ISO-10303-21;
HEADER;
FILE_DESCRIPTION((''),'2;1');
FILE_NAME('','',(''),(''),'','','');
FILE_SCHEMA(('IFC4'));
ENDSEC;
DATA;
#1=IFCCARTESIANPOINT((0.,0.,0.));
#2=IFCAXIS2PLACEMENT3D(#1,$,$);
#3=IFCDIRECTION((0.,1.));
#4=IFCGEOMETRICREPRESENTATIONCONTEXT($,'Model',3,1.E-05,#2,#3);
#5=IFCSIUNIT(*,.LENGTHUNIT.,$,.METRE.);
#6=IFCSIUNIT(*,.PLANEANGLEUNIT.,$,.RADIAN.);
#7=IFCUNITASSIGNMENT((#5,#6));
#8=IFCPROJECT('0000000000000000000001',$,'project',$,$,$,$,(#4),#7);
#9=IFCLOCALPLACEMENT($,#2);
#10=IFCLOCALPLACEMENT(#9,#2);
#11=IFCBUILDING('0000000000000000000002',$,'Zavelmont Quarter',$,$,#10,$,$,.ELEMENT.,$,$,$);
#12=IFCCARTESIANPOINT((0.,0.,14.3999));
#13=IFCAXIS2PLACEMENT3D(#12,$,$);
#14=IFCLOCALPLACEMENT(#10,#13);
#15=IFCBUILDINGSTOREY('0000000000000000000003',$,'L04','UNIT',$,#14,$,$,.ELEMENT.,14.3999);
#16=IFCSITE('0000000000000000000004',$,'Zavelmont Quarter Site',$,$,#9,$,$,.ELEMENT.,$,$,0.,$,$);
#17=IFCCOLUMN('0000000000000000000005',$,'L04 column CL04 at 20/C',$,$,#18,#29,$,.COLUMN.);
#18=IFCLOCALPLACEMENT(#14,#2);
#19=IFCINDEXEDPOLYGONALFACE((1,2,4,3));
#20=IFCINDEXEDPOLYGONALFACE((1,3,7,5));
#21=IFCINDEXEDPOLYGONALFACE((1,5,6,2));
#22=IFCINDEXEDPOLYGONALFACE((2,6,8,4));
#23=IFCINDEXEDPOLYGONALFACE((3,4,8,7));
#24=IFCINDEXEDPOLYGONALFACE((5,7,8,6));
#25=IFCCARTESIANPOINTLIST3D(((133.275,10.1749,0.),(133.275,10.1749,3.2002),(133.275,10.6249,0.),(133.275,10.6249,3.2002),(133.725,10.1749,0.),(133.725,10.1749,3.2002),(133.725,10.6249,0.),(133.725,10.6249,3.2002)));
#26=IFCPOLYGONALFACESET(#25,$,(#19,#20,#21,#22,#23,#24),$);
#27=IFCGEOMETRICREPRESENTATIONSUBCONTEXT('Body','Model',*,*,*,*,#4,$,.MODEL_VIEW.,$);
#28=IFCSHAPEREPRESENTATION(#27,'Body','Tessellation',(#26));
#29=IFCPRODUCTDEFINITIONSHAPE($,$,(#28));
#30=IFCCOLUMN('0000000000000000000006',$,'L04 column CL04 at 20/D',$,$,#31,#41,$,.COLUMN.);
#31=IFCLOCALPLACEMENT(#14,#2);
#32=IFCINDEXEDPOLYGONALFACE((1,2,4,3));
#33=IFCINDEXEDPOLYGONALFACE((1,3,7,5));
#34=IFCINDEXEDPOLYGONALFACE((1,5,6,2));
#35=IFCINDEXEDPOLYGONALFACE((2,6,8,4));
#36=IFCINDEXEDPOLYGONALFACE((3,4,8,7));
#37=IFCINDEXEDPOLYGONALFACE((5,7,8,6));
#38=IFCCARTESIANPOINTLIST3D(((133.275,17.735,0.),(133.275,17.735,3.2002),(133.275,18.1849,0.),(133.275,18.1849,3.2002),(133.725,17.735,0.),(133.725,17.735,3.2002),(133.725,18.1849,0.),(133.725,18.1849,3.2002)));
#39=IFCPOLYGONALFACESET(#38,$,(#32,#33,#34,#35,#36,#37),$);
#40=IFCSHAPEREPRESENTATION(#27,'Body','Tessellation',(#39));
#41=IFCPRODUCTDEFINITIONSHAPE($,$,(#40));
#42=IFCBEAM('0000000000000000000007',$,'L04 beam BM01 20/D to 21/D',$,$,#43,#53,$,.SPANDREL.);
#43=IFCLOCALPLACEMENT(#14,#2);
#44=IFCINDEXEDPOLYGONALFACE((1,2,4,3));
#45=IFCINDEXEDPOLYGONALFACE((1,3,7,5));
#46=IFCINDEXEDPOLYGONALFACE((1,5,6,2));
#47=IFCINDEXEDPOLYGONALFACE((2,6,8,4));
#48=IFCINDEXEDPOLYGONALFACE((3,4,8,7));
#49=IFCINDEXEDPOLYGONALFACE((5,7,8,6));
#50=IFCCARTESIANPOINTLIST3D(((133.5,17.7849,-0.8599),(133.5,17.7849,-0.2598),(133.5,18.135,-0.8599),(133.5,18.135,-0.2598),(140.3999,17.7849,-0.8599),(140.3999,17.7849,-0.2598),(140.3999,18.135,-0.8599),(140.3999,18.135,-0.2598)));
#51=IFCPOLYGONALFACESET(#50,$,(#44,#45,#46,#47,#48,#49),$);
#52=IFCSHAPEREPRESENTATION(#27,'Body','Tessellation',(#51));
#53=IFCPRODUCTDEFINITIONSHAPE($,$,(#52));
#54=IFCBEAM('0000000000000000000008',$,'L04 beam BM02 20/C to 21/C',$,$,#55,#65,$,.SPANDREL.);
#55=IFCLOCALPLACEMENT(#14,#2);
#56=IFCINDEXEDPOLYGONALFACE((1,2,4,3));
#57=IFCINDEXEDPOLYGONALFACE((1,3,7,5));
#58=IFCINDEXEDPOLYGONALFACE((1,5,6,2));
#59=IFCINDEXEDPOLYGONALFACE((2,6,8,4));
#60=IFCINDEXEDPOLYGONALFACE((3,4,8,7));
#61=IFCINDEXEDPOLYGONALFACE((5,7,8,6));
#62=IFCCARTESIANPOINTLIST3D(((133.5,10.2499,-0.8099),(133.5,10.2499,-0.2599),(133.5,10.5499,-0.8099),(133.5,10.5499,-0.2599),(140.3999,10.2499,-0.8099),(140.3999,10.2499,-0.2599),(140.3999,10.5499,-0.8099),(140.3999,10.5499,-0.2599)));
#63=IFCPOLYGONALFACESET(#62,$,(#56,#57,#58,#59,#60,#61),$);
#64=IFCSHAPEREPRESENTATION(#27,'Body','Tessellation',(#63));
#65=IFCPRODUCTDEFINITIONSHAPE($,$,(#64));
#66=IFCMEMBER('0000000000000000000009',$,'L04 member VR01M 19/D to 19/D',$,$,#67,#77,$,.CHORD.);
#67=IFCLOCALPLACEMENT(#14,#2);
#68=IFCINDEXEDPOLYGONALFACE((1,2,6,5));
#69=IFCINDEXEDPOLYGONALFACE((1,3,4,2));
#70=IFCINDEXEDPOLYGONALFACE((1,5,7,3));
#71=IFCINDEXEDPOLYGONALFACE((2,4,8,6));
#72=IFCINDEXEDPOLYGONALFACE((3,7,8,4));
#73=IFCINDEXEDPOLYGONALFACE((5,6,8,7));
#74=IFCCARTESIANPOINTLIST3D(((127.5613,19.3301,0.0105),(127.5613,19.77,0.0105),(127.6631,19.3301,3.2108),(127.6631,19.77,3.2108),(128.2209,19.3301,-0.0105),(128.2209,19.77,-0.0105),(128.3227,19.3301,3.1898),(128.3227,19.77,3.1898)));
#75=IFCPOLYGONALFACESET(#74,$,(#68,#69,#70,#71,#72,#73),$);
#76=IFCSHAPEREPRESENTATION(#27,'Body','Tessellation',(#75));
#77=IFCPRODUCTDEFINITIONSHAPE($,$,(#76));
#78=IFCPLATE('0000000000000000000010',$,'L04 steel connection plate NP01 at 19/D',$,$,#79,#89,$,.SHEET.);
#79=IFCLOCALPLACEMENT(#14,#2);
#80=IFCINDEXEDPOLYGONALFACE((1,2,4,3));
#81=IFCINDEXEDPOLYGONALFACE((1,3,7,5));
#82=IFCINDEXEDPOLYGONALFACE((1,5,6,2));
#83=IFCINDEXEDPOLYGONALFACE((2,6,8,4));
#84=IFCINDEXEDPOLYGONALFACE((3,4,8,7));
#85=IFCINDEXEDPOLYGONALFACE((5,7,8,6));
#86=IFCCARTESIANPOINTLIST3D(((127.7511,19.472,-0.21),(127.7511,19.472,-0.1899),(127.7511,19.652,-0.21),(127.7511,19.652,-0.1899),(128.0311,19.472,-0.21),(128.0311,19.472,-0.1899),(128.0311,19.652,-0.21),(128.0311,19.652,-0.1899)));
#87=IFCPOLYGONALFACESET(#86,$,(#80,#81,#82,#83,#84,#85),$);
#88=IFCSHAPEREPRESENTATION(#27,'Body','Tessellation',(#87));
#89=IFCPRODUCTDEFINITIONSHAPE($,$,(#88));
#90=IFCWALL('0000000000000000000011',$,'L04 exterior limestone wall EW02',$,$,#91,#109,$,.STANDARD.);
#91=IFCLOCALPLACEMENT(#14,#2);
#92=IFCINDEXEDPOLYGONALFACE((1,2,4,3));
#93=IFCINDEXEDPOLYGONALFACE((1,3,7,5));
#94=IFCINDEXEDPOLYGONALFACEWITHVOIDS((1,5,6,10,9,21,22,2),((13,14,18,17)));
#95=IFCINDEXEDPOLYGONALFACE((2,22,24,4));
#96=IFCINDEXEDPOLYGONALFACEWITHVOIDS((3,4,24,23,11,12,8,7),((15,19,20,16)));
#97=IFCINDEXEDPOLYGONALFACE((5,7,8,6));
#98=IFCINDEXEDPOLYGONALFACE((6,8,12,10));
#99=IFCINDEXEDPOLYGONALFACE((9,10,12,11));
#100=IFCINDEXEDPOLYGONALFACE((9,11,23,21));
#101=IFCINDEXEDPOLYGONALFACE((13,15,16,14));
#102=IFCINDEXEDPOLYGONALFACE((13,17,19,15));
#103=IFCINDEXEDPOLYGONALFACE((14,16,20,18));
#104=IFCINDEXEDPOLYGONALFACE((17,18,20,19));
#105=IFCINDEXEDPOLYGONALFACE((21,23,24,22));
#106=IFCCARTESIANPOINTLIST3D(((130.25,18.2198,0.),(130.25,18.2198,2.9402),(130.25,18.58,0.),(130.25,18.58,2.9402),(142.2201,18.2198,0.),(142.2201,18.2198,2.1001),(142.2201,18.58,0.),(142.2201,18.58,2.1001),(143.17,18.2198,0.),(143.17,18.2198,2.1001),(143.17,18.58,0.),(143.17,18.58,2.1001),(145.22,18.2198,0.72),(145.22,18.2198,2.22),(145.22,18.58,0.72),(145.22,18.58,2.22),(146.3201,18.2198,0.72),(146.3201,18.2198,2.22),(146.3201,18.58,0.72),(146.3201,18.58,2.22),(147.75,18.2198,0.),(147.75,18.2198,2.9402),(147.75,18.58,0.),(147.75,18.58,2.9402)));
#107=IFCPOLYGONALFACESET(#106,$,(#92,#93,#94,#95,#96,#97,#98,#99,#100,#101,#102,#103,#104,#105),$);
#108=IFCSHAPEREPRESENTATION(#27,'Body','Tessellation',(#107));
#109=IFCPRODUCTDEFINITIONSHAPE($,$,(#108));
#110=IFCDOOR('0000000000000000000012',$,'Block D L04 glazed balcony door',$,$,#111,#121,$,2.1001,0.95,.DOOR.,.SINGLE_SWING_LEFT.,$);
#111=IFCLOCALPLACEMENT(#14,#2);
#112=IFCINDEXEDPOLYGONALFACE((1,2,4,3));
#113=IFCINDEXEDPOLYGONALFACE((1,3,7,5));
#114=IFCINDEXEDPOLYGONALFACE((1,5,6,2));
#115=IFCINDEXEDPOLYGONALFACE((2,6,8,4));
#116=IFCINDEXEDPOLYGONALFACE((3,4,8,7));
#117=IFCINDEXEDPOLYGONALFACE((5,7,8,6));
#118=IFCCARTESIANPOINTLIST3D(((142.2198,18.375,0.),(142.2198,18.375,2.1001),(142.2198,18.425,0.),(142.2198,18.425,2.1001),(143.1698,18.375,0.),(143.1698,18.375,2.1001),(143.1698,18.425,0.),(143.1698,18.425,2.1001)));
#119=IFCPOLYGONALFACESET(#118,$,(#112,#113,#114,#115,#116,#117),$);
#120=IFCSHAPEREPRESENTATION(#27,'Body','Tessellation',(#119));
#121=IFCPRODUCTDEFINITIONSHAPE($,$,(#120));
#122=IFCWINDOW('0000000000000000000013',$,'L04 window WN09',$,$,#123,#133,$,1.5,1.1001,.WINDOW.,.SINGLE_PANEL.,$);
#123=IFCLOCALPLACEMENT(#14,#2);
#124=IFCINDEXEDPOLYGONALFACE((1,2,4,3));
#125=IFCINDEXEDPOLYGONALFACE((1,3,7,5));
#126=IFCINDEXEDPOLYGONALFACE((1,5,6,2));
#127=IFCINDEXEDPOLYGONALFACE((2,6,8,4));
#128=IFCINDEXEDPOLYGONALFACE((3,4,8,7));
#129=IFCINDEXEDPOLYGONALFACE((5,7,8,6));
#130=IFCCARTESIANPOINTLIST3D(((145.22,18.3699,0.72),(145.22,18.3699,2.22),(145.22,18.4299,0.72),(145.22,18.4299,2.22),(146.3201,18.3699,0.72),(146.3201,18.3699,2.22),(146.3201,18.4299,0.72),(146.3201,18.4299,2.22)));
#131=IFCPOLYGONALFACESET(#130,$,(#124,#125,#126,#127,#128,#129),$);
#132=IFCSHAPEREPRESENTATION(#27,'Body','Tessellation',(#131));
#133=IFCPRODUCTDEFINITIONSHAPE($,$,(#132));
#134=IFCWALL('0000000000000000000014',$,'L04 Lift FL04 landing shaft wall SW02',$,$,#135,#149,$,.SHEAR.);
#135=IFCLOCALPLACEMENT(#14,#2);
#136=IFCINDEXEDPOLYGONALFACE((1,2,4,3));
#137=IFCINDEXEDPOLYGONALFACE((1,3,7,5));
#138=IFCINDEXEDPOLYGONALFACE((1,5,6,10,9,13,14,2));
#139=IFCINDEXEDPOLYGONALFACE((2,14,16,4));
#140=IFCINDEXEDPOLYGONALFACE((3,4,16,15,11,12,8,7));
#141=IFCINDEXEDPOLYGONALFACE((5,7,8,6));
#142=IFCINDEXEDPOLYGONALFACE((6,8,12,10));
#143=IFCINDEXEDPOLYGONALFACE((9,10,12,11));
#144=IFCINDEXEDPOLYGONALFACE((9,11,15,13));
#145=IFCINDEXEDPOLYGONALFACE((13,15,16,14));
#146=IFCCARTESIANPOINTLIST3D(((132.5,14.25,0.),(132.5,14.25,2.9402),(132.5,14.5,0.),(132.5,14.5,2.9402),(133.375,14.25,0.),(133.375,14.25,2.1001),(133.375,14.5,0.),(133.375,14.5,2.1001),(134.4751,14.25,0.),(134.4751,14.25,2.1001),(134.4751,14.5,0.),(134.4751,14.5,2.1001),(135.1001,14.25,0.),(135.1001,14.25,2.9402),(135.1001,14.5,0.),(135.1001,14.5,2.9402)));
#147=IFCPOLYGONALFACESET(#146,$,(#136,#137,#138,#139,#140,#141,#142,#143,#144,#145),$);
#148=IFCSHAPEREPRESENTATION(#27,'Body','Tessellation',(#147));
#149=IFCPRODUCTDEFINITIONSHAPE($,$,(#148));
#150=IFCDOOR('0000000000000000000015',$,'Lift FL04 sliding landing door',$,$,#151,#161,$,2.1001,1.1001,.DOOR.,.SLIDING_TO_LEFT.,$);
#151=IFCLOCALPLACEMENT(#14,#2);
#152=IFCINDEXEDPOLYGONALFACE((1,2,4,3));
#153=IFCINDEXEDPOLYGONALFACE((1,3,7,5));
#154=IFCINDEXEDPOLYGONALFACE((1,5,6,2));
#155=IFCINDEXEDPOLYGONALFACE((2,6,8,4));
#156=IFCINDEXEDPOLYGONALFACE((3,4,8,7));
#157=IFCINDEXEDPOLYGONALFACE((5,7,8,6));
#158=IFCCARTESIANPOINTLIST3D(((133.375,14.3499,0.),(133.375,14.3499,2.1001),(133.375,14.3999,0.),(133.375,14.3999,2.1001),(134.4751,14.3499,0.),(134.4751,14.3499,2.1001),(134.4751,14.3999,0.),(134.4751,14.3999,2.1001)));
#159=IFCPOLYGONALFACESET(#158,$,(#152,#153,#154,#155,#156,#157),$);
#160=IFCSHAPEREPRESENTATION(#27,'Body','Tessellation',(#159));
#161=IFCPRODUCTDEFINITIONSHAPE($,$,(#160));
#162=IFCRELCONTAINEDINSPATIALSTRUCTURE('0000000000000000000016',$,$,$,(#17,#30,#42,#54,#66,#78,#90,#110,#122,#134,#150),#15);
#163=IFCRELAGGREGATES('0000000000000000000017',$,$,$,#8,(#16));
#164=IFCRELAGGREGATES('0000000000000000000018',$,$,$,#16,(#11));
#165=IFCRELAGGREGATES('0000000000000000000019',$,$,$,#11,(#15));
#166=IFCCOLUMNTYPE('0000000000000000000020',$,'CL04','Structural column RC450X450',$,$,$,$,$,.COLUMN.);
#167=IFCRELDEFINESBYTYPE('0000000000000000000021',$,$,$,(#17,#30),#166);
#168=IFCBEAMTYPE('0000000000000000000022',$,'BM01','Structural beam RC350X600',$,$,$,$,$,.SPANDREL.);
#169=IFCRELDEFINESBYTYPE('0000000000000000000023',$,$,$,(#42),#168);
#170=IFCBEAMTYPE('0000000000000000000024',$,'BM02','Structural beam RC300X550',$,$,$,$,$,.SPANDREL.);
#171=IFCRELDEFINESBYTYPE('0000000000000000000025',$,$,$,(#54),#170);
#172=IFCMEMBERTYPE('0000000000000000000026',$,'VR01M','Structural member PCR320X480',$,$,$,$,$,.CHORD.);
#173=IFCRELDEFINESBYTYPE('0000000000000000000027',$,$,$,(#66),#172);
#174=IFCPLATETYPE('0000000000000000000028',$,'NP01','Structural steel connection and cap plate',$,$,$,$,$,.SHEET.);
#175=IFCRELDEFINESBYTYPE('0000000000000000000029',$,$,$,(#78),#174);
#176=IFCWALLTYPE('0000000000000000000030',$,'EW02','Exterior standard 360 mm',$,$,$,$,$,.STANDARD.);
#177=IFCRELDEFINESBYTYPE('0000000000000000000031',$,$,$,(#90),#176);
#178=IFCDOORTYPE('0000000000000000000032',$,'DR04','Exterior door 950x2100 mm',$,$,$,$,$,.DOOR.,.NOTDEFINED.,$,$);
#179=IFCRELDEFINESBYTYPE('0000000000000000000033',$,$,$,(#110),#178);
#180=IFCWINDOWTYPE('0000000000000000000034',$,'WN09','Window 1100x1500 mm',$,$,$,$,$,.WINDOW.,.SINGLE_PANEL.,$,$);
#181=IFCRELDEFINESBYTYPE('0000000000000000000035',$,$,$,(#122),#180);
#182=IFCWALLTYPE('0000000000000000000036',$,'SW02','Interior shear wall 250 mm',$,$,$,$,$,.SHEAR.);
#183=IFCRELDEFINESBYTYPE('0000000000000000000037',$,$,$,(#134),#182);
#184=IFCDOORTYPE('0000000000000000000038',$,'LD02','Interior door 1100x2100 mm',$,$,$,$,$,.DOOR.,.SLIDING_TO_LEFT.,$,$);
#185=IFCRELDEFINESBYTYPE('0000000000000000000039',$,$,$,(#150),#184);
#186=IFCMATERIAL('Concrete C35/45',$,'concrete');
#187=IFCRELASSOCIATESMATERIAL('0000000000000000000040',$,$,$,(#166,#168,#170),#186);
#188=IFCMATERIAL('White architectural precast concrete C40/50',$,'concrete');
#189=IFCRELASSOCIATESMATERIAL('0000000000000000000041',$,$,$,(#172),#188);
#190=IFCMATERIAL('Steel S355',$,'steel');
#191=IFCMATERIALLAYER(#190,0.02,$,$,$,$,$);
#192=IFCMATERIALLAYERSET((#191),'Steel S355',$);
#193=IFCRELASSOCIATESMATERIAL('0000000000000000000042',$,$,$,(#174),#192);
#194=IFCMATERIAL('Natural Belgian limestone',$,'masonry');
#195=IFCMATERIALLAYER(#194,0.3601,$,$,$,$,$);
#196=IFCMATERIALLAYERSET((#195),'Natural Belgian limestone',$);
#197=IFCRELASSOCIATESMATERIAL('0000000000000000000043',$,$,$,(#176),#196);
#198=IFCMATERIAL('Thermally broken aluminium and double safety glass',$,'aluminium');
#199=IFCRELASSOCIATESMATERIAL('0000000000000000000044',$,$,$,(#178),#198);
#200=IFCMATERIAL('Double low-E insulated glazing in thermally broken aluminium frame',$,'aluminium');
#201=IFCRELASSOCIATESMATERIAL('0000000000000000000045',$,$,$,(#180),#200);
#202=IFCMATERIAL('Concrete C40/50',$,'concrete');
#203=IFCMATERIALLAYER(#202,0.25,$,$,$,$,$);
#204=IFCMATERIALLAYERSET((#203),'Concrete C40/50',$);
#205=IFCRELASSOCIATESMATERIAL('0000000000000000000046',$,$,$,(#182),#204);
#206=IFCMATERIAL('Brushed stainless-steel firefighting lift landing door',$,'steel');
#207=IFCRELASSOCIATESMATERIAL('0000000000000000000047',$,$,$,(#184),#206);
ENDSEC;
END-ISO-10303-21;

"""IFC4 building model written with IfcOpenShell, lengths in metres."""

from ifc_helpers import new_model, si_unit, direction, frame, frame_2d, origin, origin_with_axes, origin_2d, place, context, subcontext, project, spatial, rectangle, extrude, material, layer, layer_set, material_profile, profile_set, type_object, element, fill, save


model = new_model("IFC4")

# Units and contexts
model_context = context("Model", 3, precision=1e-05, world=origin(), true_north=direction((0.0, 1.0)))
body_context = subcontext(model_context, "Body", "Model", "MODEL_VIEW")
ifc_project = project(units=[si_unit("LENGTHUNIT", "METRE"), si_unit("PLANEANGLEUNIT", "RADIAN")], contexts=[model_context])

# Site, building, storey
site_placement = place(None, origin())
site = spatial("IfcSite", under=ifc_project, at=site_placement, Name="Zavelmont Quarter Site", CompositionType="ELEMENT", RefElevation=0.0)
building_placement = place(site_placement, origin())
building = spatial("IfcBuilding", under=site, at=building_placement, Name="Zavelmont Quarter", CompositionType="ELEMENT")
storey_placement = place(building_placement, frame((0.0, 0.0, 14.3999)))
storey = spatial("IfcBuildingStorey", under=building, at=storey_placement, Name="L04", Description="UNIT", CompositionType="ELEMENT", Elevation=14.3999)

# Columns
ifc_material_1 = material(Name="Concrete C35/45", Category="concrete")
ifc_material_profile_1 = material_profile(ifc_material_1, rectangle(XDim=0.45, YDim=0.45, at=origin_2d()), Name="RC450X450")
ifc_profile_set_1 = profile_set([ifc_material_profile_1], Name="Concrete C35/45")
column_type = type_object("IfcColumnType", Name="CL04", Description="Structural column RC450X450", PredefinedType="COLUMN", material=ifc_profile_set_1)
for number, where, z_axis, x_axis, name in (
    (1, (133.5, 10.3999, 0.0), (0.0, 0.0, 1.0), (1.0, 0.0, 0.0), "L04 column CL04 at 20/C"),
    (2, (133.5, 17.96, 0.0), (0.0, 0.0, 1.0), (1.0, 0.0, 0.0), "L04 column CL04 at 20/D"),
):
    element("IfcColumn", number, at=place(storey_placement, frame(where, z_axis=z_axis, x_axis=x_axis)), inside=storey, type_object=column_type, Name=name, PredefinedType="COLUMN", context=body_context, shape_type="SweptSolid", body=[
        extrude(rectangle(XDim=0.45, YDim=0.45, at=origin_2d()), origin(), (0.0, 0.0, 1.0), 3.2002),
    ])

# Beams
ifc_material_profile_2 = material_profile(ifc_material_1, rectangle(XDim=0.3501, YDim=0.6001, at=origin_2d()), Name="RC350X600")
ifc_profile_set_2 = profile_set([ifc_material_profile_2], Name="Concrete C35/45")
beam_type_1 = type_object("IfcBeamType", Name="BM01", Description="Structural beam RC350X600", PredefinedType="SPANDREL", material=ifc_profile_set_2)
beam_1_placement = place(storey_placement, frame((133.5, 17.96, -0.5598), z_axis=(1.0, 0.0, 0.0), x_axis=(0.0, 1.0, 0.0)))
element("IfcBeam", 3, at=beam_1_placement, inside=storey, type_object=beam_type_1, Name="L04 beam BM01 20/D to 21/D", PredefinedType="SPANDREL", context=body_context, shape_type="SweptSolid", body=[
    extrude(rectangle(XDim=0.3501, YDim=0.6001, at=origin_2d()), origin(), (0.0, 0.0, 1.0), 6.8999),
])
ifc_material_profile_3 = material_profile(ifc_material_1, rectangle(XDim=0.3, YDim=0.55, at=origin_2d()), Name="RC300X550")
ifc_profile_set_3 = profile_set([ifc_material_profile_3], Name="Concrete C35/45")
beam_type_2 = type_object("IfcBeamType", Name="BM02", Description="Structural beam RC300X550", PredefinedType="SPANDREL", material=ifc_profile_set_3)
beam_2_placement = place(storey_placement, frame((133.5, 10.3999, -0.5349), z_axis=(1.0, 0.0, 0.0), x_axis=(0.0, 1.0, 0.0)))
element("IfcBeam", 4, at=beam_2_placement, inside=storey, type_object=beam_type_2, Name="L04 beam BM02 20/C to 21/C", PredefinedType="SPANDREL", context=body_context, shape_type="SweptSolid", body=[
    extrude(rectangle(XDim=0.3, YDim=0.55, at=origin_2d()), origin(), (0.0, 0.0, 1.0), 6.8999),
])

# Member
ifc_material_2 = material(Name="White architectural precast concrete C40/50", Category="concrete")
ifc_material_profile_4 = material_profile(ifc_material_2, rectangle(XDim=0.4399, YDim=0.6599, at=origin_2d()), Name="PCR320X480")
ifc_profile_set_4 = profile_set([ifc_material_profile_4], Name="White architectural precast concrete C40/50")
member_type = type_object("IfcMemberType", Name="VR01M", Description="Structural member PCR320X480", PredefinedType="CHORD", material=ifc_profile_set_4)
member_placement = place(storey_placement, frame((127.8911, 19.55, 0.0), z_axis=(0.031797, 0.0, 0.999494), x_axis=(0.0, 1.0, 0.0)))
element("IfcMember", 5, at=member_placement, inside=storey, type_object=member_type, Name="L04 member VR01M 19/D to 19/D", PredefinedType="CHORD", context=body_context, shape_type="SweptSolid", body=[
    extrude(rectangle(XDim=0.4399, YDim=0.6599, at=origin_2d()), origin(), (0.0, 0.0, 1.0), 3.2019),
])

# Plate
ifc_material_3 = material(Name="Steel S355", Category="steel")
ifc_layer_1 = layer(ifc_material_3, 0.02)
ifc_layer_set_1 = layer_set([ifc_layer_1], Name="Steel S355")
plate_type = type_object("IfcPlateType", Name="NP01", Description="Structural steel connection and cap plate", PredefinedType="SHEET", material=ifc_layer_set_1)
plate_placement = place(storey_placement, frame((127.8911, 19.562, -0.21), z_axis=(0.0, 0.0, 1.0), x_axis=(1.0, 0.0, 0.0)))
element("IfcPlate", 6, at=plate_placement, inside=storey, type_object=plate_type, Name="L04 steel connection plate NP01 at 19/D", PredefinedType="SHEET", context=body_context, shape_type="SweptSolid", body=[
    extrude(rectangle(XDim=0.28, YDim=0.1799, at=origin_2d()), origin(), (0.0, 0.0, 1.0), 0.02),
])

# Wall, openings, door, window
ifc_material_4 = material(Name="Natural Belgian limestone", Category="masonry")
ifc_layer_2 = layer(ifc_material_4, 0.3601)
ifc_layer_set_2 = layer_set([ifc_layer_2], Name="Natural Belgian limestone")
wall_type_1 = type_object("IfcWallType", Name="EW02", Description="Exterior standard 360 mm", PredefinedType="STANDARD", material=ifc_layer_set_2)
wall_1_placement = place(storey_placement, frame((130.25, 18.3999, 0.0), z_axis=(0.0, 0.0, 1.0), x_axis=(1.0, 0.0, 0.0)))
wall_1 = element("IfcWall", 7, at=wall_1_placement, inside=storey, type_object=wall_type_1, Name="L04 exterior limestone wall EW02", PredefinedType="STANDARD", context=body_context, shape_type="SweptSolid", body=[
    extrude(rectangle(XDim=17.5, YDim=0.3601, at=frame_2d((8.75, 0.0))), origin(), (0.0, 0.0, 1.0), 2.9402),
])
opening_1_placement = place(wall_1_placement, frame((11.97, 0.0, 0.0)))
opening_1 = element("IfcOpeningElement", 8, at=opening_1_placement, cuts=wall_1, PredefinedType="OPENING", context=body_context, shape_type="SweptSolid", body=[
    extrude(rectangle(XDim=0.95, YDim=2.1001, at=frame_2d((0.4751, 1.05))), frame((0.0, 0.1919, 0.0), z_axis=(0.0, -1.0, 0.0), x_axis=(1.0, 0.0, 0.0)), (0.0, 0.0, 1.0), 0.384),
])
opening_2_placement = place(wall_1_placement, frame((14.97, 0.0, 0.72)))
opening_2 = element("IfcOpeningElement", 9, at=opening_2_placement, cuts=wall_1, PredefinedType="OPENING", context=body_context, shape_type="SweptSolid", body=[
    extrude(rectangle(XDim=1.1001, YDim=1.5, at=frame_2d((0.55, 0.75))), frame((0.0, 0.1919, 0.0), z_axis=(0.0, -1.0, 0.0), x_axis=(1.0, 0.0, 0.0)), (0.0, 0.0, 1.0), 0.384),
])
ifc_material_5 = material(Name="Thermally broken aluminium and double safety glass", Category="aluminium")
door_type_1 = type_object("IfcDoorType", Name="DR04", Description="Exterior door 950x2100 mm", OperationType="NOTDEFINED", PredefinedType="DOOR", material=ifc_material_5)
door_1_placement = place(opening_1_placement, frame((0.95, 0.0, 0.0), z_axis=(0.0, 0.0, 1.0), x_axis=(-1.0, 0.0, 0.0)))
door_1 = element("IfcDoor", 10, at=door_1_placement, inside=storey, type_object=door_type_1, Name="Block D L04 glazed balcony door", OperationType="SINGLE_SWING_LEFT", OverallHeight=2.1001, OverallWidth=0.95, PredefinedType="DOOR", context=body_context, shape_type="SweptSolid", body=[
    extrude(rectangle(XDim=0.95, YDim=2.1001, at=frame_2d((0.4751, 1.05))), frame((0.0, 0.0249, 0.0), z_axis=(0.0, -1.0, 0.0), x_axis=(1.0, 0.0, 0.0)), (0.0, 0.0, 1.0), 0.05),
])
fill(opening_1, door_1)
ifc_material_6 = material(Name="Double low-E insulated glazing in thermally broken aluminium frame", Category="aluminium")
window_type = type_object("IfcWindowType", Name="WN09", Description="Window 1100x1500 mm", PartitioningType="SINGLE_PANEL", PredefinedType="WINDOW", material=ifc_material_6)
window_placement = place(opening_2_placement, origin_with_axes())
window = element("IfcWindow", 11, at=window_placement, inside=storey, type_object=window_type, Name="L04 window WN09", OverallHeight=1.5, OverallWidth=1.1001, PartitioningType="SINGLE_PANEL", PredefinedType="WINDOW", context=body_context, shape_type="SweptSolid", body=[
    extrude(rectangle(XDim=1.1001, YDim=1.5, at=frame_2d((0.55, 0.75))), frame((0.0, 0.03, 0.0), z_axis=(0.0, -1.0, 0.0), x_axis=(1.0, 0.0, 0.0)), (0.0, 0.0, 1.0), 0.0601),
])
fill(opening_2, window)

# Wall, opening, door
ifc_material_7 = material(Name="Concrete C40/50", Category="concrete")
ifc_layer_3 = layer(ifc_material_7, 0.25)
ifc_layer_set_3 = layer_set([ifc_layer_3], Name="Concrete C40/50")
wall_type_2 = type_object("IfcWallType", Name="SW02", Description="Interior shear wall 250 mm", PredefinedType="SHEAR", material=ifc_layer_set_3)
wall_2_placement = place(storey_placement, frame((132.5, 14.375, 0.0), z_axis=(0.0, 0.0, 1.0), x_axis=(1.0, 0.0, 0.0)))
wall_2 = element("IfcWall", 12, at=wall_2_placement, inside=storey, type_object=wall_type_2, Name="L04 Lift FL04 landing shaft wall SW02", PredefinedType="SHEAR", context=body_context, shape_type="SweptSolid", body=[
    extrude(rectangle(XDim=2.6001, YDim=0.25, at=frame_2d((1.3, 0.0))), origin(), (0.0, 0.0, 1.0), 2.9402),
])
opening_3_placement = place(wall_2_placement, frame((0.875, 0.0, 0.0)))
opening_3 = element("IfcOpeningElement", 13, at=opening_3_placement, cuts=wall_2, PredefinedType="OPENING", context=body_context, shape_type="SweptSolid", body=[
    extrude(rectangle(XDim=1.1001, YDim=2.1001, at=frame_2d((0.55, 1.05))), frame((0.0, 0.137, 0.0), z_axis=(0.0, -1.0, 0.0), x_axis=(1.0, 0.0, 0.0)), (0.0, 0.0, 1.0), 0.2739),
])
ifc_material_8 = material(Name="Brushed stainless-steel firefighting lift landing door", Category="steel")
door_type_2 = type_object("IfcDoorType", Name="LD02", Description="Interior door 1100x2100 mm", OperationType="SLIDING_TO_LEFT", PredefinedType="DOOR", material=ifc_material_8)
door_2_placement = place(opening_3_placement, origin_with_axes())
door_2 = element("IfcDoor", 14, at=door_2_placement, inside=storey, type_object=door_type_2, Name="Lift FL04 sliding landing door", OperationType="SLIDING_TO_LEFT", OverallHeight=2.1001, OverallWidth=1.1001, PredefinedType="DOOR", context=body_context, shape_type="SweptSolid", body=[
    extrude(rectangle(XDim=1.1001, YDim=2.1001, at=frame_2d((0.55, 1.05))), frame((0.0, 0.0249, 0.0), z_axis=(0.0, -1.0, 0.0), x_axis=(1.0, 0.0, 0.0)), (0.0, 0.0, 1.0), 0.05),
])
fill(opening_3, door_2)

save(model, "model.ifc")
